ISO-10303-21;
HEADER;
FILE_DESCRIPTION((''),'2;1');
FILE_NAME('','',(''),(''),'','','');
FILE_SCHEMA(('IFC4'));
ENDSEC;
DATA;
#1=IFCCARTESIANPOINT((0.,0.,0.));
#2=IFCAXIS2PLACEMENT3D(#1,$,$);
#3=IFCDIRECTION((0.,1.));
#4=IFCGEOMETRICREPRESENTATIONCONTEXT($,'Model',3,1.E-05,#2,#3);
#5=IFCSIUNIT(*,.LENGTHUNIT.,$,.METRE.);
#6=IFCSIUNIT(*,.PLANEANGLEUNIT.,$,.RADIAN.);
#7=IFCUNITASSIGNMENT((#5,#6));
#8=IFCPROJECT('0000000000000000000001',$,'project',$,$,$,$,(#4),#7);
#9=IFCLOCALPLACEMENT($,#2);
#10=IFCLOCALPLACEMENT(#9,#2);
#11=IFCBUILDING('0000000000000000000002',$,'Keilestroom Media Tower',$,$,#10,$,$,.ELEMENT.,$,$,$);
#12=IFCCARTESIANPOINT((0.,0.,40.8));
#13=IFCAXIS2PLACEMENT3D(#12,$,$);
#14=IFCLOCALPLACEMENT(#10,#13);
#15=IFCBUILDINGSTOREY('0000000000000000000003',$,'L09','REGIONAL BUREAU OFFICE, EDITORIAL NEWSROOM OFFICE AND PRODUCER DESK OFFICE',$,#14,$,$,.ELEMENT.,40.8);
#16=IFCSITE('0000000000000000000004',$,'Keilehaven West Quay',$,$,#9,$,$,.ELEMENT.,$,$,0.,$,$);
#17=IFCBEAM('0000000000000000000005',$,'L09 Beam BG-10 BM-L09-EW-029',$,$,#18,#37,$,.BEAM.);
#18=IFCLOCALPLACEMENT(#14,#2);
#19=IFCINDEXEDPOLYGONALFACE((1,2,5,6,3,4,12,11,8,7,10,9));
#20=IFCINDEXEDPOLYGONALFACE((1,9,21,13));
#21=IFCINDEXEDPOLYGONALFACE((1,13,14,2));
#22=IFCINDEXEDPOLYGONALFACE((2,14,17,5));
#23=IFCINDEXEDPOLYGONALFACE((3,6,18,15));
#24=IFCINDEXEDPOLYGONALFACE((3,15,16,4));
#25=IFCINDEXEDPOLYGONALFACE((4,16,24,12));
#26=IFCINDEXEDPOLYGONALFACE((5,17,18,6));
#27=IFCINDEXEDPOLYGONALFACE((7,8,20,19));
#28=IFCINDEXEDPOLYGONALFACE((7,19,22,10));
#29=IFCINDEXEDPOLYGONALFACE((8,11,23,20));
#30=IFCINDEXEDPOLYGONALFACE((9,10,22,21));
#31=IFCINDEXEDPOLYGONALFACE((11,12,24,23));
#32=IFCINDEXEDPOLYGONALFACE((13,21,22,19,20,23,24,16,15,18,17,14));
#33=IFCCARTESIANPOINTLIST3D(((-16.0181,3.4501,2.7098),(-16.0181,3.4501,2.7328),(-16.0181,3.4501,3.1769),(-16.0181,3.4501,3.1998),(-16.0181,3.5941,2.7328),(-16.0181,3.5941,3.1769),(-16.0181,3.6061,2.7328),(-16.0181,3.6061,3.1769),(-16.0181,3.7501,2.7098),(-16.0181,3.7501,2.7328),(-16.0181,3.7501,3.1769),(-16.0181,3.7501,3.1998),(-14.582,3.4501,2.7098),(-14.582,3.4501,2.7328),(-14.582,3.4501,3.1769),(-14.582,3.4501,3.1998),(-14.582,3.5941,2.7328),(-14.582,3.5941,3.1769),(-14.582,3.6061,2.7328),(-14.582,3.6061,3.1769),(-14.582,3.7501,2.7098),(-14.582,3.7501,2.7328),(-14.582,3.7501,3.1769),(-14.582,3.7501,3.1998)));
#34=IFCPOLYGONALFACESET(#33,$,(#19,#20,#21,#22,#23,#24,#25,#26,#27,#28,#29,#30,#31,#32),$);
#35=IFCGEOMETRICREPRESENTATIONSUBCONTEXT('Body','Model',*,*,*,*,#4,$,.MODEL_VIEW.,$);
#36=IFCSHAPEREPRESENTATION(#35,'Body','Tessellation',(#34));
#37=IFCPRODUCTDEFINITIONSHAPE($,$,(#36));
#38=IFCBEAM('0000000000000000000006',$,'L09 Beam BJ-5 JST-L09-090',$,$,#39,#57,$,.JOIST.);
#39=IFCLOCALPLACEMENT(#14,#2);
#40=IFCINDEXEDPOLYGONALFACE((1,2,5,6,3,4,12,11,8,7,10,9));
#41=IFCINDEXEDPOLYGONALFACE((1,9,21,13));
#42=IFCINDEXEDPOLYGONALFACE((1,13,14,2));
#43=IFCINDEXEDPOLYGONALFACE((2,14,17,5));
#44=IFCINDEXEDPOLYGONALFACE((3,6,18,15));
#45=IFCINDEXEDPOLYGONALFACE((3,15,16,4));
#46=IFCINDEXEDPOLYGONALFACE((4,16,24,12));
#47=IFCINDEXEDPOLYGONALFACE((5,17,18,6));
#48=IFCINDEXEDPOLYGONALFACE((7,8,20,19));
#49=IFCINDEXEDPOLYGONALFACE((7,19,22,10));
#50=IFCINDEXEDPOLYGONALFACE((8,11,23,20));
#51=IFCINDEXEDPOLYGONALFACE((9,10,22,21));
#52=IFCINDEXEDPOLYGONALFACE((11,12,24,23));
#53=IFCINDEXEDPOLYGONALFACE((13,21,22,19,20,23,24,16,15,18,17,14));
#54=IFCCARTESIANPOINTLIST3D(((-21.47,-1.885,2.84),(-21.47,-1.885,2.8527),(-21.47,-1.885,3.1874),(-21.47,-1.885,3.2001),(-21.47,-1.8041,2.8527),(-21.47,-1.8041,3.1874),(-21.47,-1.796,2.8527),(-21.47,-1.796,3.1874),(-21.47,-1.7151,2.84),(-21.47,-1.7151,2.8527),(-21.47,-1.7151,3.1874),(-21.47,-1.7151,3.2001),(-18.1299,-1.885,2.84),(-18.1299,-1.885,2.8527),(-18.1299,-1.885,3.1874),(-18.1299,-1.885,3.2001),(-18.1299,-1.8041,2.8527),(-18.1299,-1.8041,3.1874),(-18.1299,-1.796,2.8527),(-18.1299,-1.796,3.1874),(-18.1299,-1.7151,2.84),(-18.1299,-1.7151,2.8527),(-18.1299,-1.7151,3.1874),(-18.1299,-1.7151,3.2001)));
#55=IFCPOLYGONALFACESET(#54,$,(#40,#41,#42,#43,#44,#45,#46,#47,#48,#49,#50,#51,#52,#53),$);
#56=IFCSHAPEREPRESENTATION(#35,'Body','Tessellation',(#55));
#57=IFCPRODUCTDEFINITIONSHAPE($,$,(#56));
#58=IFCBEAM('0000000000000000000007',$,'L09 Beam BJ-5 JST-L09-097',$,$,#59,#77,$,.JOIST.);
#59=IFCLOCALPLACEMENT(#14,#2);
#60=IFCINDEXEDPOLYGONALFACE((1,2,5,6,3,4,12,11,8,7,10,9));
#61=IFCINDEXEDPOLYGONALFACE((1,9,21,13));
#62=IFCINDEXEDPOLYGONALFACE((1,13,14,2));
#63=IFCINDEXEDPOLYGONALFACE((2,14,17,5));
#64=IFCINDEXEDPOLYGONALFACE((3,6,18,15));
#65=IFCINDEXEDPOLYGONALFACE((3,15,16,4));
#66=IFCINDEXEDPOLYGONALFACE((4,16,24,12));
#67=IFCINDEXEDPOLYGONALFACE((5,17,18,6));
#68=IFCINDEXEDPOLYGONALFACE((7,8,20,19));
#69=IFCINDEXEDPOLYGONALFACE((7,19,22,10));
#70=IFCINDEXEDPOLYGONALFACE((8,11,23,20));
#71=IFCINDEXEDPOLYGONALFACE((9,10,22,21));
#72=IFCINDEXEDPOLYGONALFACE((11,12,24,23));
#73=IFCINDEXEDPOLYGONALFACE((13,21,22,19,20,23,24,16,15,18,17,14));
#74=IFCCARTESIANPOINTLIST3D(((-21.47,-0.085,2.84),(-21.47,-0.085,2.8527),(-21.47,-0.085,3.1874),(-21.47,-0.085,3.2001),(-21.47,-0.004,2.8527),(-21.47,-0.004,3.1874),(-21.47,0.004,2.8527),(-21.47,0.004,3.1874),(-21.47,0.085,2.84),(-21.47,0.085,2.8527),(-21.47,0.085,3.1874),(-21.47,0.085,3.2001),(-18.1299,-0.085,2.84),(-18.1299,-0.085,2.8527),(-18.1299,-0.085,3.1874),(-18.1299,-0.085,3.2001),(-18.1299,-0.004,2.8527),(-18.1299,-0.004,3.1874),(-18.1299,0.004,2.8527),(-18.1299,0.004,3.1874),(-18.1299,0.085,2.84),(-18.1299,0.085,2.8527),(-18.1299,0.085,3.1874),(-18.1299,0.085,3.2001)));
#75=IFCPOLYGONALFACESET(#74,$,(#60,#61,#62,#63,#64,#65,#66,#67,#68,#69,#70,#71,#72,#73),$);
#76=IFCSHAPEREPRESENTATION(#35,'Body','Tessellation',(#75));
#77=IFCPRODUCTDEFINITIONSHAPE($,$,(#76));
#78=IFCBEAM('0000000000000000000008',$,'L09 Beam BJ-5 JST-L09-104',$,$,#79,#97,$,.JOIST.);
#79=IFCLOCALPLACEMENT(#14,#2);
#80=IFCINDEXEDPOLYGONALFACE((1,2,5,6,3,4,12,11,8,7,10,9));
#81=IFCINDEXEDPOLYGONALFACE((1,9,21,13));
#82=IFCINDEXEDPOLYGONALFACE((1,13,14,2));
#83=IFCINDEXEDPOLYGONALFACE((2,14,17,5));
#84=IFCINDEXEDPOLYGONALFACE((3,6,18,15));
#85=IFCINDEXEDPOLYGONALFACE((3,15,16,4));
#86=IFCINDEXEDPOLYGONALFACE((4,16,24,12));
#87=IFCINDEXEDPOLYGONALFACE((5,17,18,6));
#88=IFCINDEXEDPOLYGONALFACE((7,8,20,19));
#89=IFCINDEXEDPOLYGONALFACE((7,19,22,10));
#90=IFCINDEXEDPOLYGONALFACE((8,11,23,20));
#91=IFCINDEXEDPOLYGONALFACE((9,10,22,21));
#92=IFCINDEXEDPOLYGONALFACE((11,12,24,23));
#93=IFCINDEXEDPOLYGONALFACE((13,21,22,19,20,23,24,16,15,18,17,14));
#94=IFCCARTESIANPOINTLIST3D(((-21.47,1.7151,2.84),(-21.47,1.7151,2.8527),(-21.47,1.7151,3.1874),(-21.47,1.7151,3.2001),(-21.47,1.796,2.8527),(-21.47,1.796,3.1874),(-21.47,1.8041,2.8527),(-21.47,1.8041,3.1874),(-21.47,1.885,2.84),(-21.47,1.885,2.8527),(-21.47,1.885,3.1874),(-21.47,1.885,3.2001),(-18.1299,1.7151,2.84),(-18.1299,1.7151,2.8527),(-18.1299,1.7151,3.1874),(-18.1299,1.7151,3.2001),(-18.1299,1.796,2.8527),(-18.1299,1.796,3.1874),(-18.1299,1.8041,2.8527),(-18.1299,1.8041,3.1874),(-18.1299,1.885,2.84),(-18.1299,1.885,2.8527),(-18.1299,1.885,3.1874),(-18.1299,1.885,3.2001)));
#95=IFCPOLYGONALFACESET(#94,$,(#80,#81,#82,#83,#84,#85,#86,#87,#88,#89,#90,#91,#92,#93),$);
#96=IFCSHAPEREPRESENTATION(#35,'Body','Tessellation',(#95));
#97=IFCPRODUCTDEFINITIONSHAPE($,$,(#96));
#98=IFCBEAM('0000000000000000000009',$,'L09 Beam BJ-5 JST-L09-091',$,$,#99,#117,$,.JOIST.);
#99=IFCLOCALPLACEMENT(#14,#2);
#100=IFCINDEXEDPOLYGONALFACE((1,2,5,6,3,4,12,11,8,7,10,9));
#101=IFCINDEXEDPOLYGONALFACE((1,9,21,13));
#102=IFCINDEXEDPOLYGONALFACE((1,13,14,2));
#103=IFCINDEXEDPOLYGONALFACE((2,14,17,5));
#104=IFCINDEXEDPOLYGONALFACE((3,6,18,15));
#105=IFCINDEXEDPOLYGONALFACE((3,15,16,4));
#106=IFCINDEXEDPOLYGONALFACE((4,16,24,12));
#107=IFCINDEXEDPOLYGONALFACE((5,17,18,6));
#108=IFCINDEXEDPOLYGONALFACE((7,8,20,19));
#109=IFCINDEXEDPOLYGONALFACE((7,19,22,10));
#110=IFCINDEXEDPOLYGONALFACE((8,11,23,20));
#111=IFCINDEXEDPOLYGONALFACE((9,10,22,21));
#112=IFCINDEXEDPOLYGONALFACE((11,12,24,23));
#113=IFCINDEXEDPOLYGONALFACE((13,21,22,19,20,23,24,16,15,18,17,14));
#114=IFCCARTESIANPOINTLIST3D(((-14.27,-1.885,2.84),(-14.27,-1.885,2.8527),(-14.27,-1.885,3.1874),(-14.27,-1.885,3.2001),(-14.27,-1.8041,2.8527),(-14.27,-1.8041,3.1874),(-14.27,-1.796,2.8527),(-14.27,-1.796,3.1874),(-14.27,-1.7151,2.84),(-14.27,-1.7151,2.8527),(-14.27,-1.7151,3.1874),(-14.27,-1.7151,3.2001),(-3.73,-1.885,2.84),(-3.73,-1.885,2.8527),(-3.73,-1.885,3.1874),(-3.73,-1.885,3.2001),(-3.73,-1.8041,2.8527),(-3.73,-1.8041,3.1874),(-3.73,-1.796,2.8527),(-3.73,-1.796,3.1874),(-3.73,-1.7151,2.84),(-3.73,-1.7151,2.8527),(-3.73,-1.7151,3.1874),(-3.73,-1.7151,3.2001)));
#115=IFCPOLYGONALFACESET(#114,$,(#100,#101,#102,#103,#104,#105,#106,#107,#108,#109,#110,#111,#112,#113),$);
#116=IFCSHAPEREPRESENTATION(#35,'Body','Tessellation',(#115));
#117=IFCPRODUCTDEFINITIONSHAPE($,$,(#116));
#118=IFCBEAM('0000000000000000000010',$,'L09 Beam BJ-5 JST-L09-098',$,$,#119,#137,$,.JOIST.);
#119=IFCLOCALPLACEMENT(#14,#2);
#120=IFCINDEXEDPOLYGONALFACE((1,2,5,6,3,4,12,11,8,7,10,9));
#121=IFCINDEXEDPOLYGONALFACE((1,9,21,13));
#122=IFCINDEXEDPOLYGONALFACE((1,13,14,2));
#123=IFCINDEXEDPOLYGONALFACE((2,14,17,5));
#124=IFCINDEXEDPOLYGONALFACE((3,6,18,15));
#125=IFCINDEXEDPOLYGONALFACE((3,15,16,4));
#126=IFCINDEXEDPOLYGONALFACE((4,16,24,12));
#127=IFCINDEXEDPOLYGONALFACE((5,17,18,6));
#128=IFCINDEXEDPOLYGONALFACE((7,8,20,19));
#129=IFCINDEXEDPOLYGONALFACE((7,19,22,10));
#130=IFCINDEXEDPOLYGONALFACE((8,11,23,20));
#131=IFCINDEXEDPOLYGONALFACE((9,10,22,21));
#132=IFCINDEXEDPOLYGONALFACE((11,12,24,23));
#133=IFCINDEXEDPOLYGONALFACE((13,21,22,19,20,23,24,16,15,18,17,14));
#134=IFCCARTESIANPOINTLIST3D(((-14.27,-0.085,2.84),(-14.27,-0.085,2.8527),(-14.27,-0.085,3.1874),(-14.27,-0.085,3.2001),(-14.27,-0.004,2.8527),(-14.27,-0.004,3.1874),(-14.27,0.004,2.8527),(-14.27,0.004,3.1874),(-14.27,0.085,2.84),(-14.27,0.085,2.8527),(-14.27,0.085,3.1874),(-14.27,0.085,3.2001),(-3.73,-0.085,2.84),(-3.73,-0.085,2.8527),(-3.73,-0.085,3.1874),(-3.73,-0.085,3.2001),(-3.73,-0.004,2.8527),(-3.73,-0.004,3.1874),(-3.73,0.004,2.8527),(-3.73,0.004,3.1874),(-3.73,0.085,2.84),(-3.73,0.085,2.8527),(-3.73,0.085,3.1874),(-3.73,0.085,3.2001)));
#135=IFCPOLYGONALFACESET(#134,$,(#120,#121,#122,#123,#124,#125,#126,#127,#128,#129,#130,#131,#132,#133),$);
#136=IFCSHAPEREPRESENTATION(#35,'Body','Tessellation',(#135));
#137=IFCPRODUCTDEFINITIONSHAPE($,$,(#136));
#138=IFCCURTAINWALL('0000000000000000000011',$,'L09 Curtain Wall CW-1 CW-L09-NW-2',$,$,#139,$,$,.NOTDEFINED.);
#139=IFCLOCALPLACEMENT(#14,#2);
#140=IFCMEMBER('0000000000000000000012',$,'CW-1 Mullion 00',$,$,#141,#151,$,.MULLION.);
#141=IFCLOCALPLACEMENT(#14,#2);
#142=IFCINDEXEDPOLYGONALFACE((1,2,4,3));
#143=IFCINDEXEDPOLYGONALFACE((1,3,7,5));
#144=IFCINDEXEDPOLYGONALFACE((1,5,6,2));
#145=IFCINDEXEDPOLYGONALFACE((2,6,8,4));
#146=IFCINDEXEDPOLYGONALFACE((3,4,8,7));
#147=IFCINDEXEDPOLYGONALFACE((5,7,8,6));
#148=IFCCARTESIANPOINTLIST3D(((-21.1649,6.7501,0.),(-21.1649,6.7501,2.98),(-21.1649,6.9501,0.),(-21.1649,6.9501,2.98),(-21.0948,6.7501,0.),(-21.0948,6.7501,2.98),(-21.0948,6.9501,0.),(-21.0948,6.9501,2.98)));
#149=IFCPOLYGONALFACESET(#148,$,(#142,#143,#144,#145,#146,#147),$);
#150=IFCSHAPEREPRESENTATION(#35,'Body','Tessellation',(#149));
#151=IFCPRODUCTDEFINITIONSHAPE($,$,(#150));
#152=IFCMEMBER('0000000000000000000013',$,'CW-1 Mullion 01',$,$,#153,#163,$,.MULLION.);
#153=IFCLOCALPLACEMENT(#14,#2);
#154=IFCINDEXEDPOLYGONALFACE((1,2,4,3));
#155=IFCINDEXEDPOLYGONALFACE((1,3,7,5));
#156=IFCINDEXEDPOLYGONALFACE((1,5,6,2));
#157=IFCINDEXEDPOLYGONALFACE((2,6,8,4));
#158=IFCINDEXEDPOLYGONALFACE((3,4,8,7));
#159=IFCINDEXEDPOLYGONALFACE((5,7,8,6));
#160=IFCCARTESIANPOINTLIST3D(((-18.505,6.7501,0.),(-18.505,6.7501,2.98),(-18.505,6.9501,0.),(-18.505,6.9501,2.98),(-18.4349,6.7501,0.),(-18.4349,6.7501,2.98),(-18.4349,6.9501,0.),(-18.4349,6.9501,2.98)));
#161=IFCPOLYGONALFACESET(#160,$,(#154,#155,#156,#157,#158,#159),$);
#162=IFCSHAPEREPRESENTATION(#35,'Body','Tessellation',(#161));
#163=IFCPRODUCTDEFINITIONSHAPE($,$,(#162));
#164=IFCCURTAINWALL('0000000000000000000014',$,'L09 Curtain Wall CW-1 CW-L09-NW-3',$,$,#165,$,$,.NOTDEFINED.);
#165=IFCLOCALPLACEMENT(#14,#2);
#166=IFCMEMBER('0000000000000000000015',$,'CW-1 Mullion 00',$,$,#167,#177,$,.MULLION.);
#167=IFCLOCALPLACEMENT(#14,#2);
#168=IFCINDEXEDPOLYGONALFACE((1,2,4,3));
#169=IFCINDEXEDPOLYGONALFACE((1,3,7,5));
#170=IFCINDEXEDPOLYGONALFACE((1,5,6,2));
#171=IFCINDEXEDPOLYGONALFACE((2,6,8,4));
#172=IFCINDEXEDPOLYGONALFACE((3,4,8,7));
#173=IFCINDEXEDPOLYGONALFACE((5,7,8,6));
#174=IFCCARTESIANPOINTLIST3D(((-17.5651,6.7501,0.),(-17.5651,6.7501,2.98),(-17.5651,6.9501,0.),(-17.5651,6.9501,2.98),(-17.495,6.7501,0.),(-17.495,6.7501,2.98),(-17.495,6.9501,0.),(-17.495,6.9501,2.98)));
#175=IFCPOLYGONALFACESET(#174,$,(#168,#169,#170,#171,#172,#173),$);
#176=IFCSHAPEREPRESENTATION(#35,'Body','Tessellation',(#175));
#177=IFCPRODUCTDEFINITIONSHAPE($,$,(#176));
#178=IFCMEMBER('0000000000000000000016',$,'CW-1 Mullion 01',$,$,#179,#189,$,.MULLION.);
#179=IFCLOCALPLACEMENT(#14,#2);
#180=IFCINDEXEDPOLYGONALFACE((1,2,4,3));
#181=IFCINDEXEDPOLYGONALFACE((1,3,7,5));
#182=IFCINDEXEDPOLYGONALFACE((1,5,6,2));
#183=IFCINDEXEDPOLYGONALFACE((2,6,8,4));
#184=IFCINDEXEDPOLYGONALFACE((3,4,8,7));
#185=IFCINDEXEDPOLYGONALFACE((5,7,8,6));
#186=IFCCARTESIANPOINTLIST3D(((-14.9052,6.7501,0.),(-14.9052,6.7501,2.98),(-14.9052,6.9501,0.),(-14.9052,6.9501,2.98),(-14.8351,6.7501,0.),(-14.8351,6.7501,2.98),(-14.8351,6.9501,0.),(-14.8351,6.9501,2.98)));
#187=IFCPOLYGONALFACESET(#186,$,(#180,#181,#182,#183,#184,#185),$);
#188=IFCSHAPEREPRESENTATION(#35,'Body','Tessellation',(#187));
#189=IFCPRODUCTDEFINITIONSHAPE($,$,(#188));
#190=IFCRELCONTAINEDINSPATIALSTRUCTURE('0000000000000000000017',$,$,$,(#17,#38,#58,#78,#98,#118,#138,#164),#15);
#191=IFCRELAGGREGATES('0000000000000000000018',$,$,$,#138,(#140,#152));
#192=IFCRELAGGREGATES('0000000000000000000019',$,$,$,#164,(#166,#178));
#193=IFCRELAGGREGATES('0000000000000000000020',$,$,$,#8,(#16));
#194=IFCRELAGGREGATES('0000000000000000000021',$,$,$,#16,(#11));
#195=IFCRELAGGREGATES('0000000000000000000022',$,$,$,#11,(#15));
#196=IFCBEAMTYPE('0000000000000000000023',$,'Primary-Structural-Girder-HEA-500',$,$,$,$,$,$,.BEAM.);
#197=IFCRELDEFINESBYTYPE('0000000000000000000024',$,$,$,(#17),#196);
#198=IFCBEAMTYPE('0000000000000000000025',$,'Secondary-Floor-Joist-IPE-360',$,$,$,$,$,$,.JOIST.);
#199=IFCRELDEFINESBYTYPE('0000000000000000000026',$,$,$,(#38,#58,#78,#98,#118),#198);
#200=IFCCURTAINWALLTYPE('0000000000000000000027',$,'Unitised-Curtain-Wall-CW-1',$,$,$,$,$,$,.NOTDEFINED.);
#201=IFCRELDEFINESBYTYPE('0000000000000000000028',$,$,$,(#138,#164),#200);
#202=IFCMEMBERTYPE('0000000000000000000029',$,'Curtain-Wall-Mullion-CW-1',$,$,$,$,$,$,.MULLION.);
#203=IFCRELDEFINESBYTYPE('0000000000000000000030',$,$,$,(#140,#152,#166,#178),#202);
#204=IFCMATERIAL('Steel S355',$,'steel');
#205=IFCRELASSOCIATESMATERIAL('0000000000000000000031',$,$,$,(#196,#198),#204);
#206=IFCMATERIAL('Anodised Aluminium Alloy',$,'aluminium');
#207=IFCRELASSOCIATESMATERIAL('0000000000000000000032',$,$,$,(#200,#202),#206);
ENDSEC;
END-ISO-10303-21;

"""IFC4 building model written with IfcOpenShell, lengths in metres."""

from ifc_helpers import new_model, si_unit, direction, frame, origin, origin_2d, place, context, subcontext, project, spatial, rectangle, i_section, extrude, source, transform, mapped, material, material_profile, profile_set, type_object, element, aggregate, save


model = new_model("IFC4")

# Units and contexts
model_context = context("Model", 3, precision=1e-05, world=origin(), true_north=direction((0.0, 1.0)))
body_context = subcontext(model_context, "Body", "Model", "MODEL_VIEW")
ifc_project = project(units=[si_unit("LENGTHUNIT", "METRE"), si_unit("PLANEANGLEUNIT", "RADIAN")], contexts=[model_context])

# Site, building, storey
site_placement = place(None, origin())
site = spatial("IfcSite", under=ifc_project, at=site_placement, Name="Keilehaven West Quay", CompositionType="ELEMENT", RefElevation=0.0)
building_placement = place(site_placement, origin())
building = spatial("IfcBuilding", under=site, at=building_placement, Name="Keilestroom Media Tower", CompositionType="ELEMENT")
storey_placement = place(building_placement, frame((0.0, 0.0, 40.8)))
storey = spatial("IfcBuildingStorey", under=building, at=storey_placement, Name="L09", Description="REGIONAL BUREAU OFFICE, EDITORIAL NEWSROOM OFFICE AND PRODUCER DESK OFFICE", CompositionType="ELEMENT", Elevation=40.8)

# Beams
ifc_material_1 = material(Name="Steel S355", Category="steel")
ifc_material_profile_1 = material_profile(ifc_material_1, i_section(OverallWidth=0.3, OverallDepth=0.49, WebThickness=0.012, FlangeThickness=0.0229, at=origin_2d()), Name="HEA 500")
ifc_profile_set_1 = profile_set([ifc_material_profile_1], Name="Steel S355")
beam_type_1 = type_object("IfcBeamType", Name="Primary-Structural-Girder-HEA-500", PredefinedType="BEAM", material=ifc_profile_set_1)
shared_shape_1 = source(origin(), body_context, "Body", "SweptSolid", [
    extrude(i_section(OverallWidth=0.3, OverallDepth=0.49, WebThickness=0.012, FlangeThickness=0.0229, at=origin_2d()), origin(), (0.0, 0.0, 1.0), 1.436),
])
for number, where, z_axis, x_axis, name in (
    (1, (-16.0181, 3.6001, 2.9548), (1.0, 0.0, 0.0), (0.0, 1.0, 0.0), "L09 Beam BG-10 BM-L09-EW-029"),
):
    element("IfcBeam", number, at=place(storey_placement, frame(where, z_axis=z_axis, x_axis=x_axis)), inside=storey, type_object=beam_type_1, Name=name, PredefinedType="BEAM", context=body_context, shape_type="MappedRepresentation", body=[
        mapped(shared_shape_1, transform((0.0, 0.0, 0.0), x_axis=(1.0, 0.0, 0.0), y_axis=(0.0, 1.0, 0.0), z_axis=(0.0, 0.0, 1.0), scale=1.0)),
    ])
ifc_material_profile_2 = material_profile(ifc_material_1, i_section(OverallWidth=0.1699, OverallDepth=0.3601, WebThickness=0.0081, FlangeThickness=0.0127, at=origin_2d()), Name="IPE 360")
ifc_profile_set_2 = profile_set([ifc_material_profile_2], Name="Steel S355")
beam_type_2 = type_object("IfcBeamType", Name="Secondary-Floor-Joist-IPE-360", PredefinedType="JOIST", material=ifc_profile_set_2)
shared_shape_2 = source(origin(), body_context, "Body", "SweptSolid", [
    extrude(i_section(OverallWidth=0.1699, OverallDepth=0.3601, WebThickness=0.0081, FlangeThickness=0.0127, at=origin_2d()), origin(), (0.0, 0.0, 1.0), 3.3401),
])
for number, where, z_axis, x_axis, name in (
    (2, (-21.47, -1.8, 3.02), (1.0, 0.0, 0.0), (0.0, 1.0, 0.0), "L09 Beam BJ-5 JST-L09-090"),
    (3, (-21.47, 0.0, 3.02), (1.0, 0.0, 0.0), (0.0, 1.0, 0.0), "L09 Beam BJ-5 JST-L09-097"),
    (4, (-21.47, 1.8, 3.02), (1.0, 0.0, 0.0), (0.0, 1.0, 0.0), "L09 Beam BJ-5 JST-L09-104"),
):
    element("IfcBeam", number, at=place(storey_placement, frame(where, z_axis=z_axis, x_axis=x_axis)), inside=storey, type_object=beam_type_2, Name=name, PredefinedType="JOIST", context=body_context, shape_type="MappedRepresentation", body=[
        mapped(shared_shape_2, transform((0.0, 0.0, 0.0), x_axis=(1.0, 0.0, 0.0), y_axis=(0.0, 1.0, 0.0), z_axis=(0.0, 0.0, 1.0), scale=1.0)),
    ])
shared_shape_3 = source(origin(), body_context, "Body", "SweptSolid", [
    extrude(i_section(OverallWidth=0.1699, OverallDepth=0.3601, WebThickness=0.0081, FlangeThickness=0.0127, at=origin_2d()), origin(), (0.0, 0.0, 1.0), 10.54),
])
for number, where, z_axis, x_axis, name in (
    (5, (-14.27, -1.8, 3.02), (1.0, 0.0, 0.0), (0.0, 1.0, 0.0), "L09 Beam BJ-5 JST-L09-091"),
    (6, (-14.27, 0.0, 3.02), (1.0, 0.0, 0.0), (0.0, 1.0, 0.0), "L09 Beam BJ-5 JST-L09-098"),
):
    element("IfcBeam", number, at=place(storey_placement, frame(where, z_axis=z_axis, x_axis=x_axis)), inside=storey, type_object=beam_type_2, Name=name, PredefinedType="JOIST", context=body_context, shape_type="MappedRepresentation", body=[
        mapped(shared_shape_3, transform((0.0, 0.0, 0.0), x_axis=(1.0, 0.0, 0.0), y_axis=(0.0, 1.0, 0.0), z_axis=(0.0, 0.0, 1.0), scale=1.0)),
    ])

# Curtain walls, members
ifc_material_2 = material(Name="Anodised Aluminium Alloy", Category="aluminium")
curtain_wall_type = type_object("IfcCurtainWallType", Name="Unitised-Curtain-Wall-CW-1", PredefinedType="NOTDEFINED", material=ifc_material_2)
curtain_wall_1_placement = place(storey_placement, origin())
curtain_wall_1 = element("IfcCurtainWall", 7, at=curtain_wall_1_placement, inside=storey, type_object=curtain_wall_type, Name="L09 Curtain Wall CW-1 CW-L09-NW-2", PredefinedType="NOTDEFINED")
ifc_material_profile_3 = material_profile(ifc_material_2, rectangle(XDim=0.0701, YDim=0.2, at=origin_2d()), Name="ALU MULLION 70x200")
ifc_profile_set_3 = profile_set([ifc_material_profile_3], Name="Anodised Aluminium Alloy")
member_type_1 = type_object("IfcMemberType", Name="Curtain-Wall-Mullion-CW-1", PredefinedType="MULLION", material=ifc_profile_set_3)
shared_shape_4 = source(origin(), body_context, "Body", "SweptSolid", [
    extrude(rectangle(XDim=0.0701, YDim=0.2, at=origin_2d()), origin(), (0.0, 0.0, 1.0), 2.98),
])
member_1_placement = place(storey_placement, frame((-21.1299, 6.8501, 0.0), z_axis=(0.0, 0.0, 1.0), x_axis=(1.0, 0.0, 0.0)))
member_1 = element("IfcMember", 8, at=member_1_placement, type_object=member_type_1, Name="CW-1 Mullion 00", PredefinedType="MULLION", context=body_context, shape_type="MappedRepresentation", body=[
    mapped(shared_shape_4, transform((0.0, 0.0, 0.0), x_axis=(1.0, 0.0, 0.0), y_axis=(0.0, 1.0, 0.0), z_axis=(0.0, 0.0, 1.0), scale=1.0)),
])
member_2_placement = place(storey_placement, frame((-18.47, 6.8501, 0.0), z_axis=(0.0, 0.0, 1.0), x_axis=(1.0, 0.0, 0.0)))
member_2 = element("IfcMember", 9, at=member_2_placement, type_object=member_type_1, Name="CW-1 Mullion 01", PredefinedType="MULLION", context=body_context, shape_type="MappedRepresentation", body=[
    mapped(shared_shape_4, transform((0.0, 0.0, 0.0), x_axis=(1.0, 0.0, 0.0), y_axis=(0.0, 1.0, 0.0), z_axis=(0.0, 0.0, 1.0), scale=1.0)),
])
curtain_wall_2_placement = place(storey_placement, origin())
curtain_wall_2 = element("IfcCurtainWall", 10, at=curtain_wall_2_placement, inside=storey, type_object=curtain_wall_type, Name="L09 Curtain Wall CW-1 CW-L09-NW-3", PredefinedType="NOTDEFINED")
member_3_placement = place(storey_placement, frame((-17.53, 6.8501, 0.0), z_axis=(0.0, 0.0, 1.0), x_axis=(1.0, 0.0, 0.0)))
member_3 = element("IfcMember", 11, at=member_3_placement, type_object=member_type_1, Name="CW-1 Mullion 00", PredefinedType="MULLION", context=body_context, shape_type="MappedRepresentation", body=[
    mapped(shared_shape_4, transform((0.0, 0.0, 0.0), x_axis=(1.0, 0.0, 0.0), y_axis=(0.0, 1.0, 0.0), z_axis=(0.0, 0.0, 1.0), scale=1.0)),
])
member_4_placement = place(storey_placement, frame((-14.8701, 6.8501, 0.0), z_axis=(0.0, 0.0, 1.0), x_axis=(1.0, 0.0, 0.0)))
member_4 = element("IfcMember", 12, at=member_4_placement, type_object=member_type_1, Name="CW-1 Mullion 01", PredefinedType="MULLION", context=body_context, shape_type="MappedRepresentation", body=[
    mapped(shared_shape_4, transform((0.0, 0.0, 0.0), x_axis=(1.0, 0.0, 0.0), y_axis=(0.0, 1.0, 0.0), z_axis=(0.0, 0.0, 1.0), scale=1.0)),
])

aggregate(curtain_wall_1, [member_1, member_2])
aggregate(curtain_wall_2, [member_3, member_4])

save(model, "model.ifc")
